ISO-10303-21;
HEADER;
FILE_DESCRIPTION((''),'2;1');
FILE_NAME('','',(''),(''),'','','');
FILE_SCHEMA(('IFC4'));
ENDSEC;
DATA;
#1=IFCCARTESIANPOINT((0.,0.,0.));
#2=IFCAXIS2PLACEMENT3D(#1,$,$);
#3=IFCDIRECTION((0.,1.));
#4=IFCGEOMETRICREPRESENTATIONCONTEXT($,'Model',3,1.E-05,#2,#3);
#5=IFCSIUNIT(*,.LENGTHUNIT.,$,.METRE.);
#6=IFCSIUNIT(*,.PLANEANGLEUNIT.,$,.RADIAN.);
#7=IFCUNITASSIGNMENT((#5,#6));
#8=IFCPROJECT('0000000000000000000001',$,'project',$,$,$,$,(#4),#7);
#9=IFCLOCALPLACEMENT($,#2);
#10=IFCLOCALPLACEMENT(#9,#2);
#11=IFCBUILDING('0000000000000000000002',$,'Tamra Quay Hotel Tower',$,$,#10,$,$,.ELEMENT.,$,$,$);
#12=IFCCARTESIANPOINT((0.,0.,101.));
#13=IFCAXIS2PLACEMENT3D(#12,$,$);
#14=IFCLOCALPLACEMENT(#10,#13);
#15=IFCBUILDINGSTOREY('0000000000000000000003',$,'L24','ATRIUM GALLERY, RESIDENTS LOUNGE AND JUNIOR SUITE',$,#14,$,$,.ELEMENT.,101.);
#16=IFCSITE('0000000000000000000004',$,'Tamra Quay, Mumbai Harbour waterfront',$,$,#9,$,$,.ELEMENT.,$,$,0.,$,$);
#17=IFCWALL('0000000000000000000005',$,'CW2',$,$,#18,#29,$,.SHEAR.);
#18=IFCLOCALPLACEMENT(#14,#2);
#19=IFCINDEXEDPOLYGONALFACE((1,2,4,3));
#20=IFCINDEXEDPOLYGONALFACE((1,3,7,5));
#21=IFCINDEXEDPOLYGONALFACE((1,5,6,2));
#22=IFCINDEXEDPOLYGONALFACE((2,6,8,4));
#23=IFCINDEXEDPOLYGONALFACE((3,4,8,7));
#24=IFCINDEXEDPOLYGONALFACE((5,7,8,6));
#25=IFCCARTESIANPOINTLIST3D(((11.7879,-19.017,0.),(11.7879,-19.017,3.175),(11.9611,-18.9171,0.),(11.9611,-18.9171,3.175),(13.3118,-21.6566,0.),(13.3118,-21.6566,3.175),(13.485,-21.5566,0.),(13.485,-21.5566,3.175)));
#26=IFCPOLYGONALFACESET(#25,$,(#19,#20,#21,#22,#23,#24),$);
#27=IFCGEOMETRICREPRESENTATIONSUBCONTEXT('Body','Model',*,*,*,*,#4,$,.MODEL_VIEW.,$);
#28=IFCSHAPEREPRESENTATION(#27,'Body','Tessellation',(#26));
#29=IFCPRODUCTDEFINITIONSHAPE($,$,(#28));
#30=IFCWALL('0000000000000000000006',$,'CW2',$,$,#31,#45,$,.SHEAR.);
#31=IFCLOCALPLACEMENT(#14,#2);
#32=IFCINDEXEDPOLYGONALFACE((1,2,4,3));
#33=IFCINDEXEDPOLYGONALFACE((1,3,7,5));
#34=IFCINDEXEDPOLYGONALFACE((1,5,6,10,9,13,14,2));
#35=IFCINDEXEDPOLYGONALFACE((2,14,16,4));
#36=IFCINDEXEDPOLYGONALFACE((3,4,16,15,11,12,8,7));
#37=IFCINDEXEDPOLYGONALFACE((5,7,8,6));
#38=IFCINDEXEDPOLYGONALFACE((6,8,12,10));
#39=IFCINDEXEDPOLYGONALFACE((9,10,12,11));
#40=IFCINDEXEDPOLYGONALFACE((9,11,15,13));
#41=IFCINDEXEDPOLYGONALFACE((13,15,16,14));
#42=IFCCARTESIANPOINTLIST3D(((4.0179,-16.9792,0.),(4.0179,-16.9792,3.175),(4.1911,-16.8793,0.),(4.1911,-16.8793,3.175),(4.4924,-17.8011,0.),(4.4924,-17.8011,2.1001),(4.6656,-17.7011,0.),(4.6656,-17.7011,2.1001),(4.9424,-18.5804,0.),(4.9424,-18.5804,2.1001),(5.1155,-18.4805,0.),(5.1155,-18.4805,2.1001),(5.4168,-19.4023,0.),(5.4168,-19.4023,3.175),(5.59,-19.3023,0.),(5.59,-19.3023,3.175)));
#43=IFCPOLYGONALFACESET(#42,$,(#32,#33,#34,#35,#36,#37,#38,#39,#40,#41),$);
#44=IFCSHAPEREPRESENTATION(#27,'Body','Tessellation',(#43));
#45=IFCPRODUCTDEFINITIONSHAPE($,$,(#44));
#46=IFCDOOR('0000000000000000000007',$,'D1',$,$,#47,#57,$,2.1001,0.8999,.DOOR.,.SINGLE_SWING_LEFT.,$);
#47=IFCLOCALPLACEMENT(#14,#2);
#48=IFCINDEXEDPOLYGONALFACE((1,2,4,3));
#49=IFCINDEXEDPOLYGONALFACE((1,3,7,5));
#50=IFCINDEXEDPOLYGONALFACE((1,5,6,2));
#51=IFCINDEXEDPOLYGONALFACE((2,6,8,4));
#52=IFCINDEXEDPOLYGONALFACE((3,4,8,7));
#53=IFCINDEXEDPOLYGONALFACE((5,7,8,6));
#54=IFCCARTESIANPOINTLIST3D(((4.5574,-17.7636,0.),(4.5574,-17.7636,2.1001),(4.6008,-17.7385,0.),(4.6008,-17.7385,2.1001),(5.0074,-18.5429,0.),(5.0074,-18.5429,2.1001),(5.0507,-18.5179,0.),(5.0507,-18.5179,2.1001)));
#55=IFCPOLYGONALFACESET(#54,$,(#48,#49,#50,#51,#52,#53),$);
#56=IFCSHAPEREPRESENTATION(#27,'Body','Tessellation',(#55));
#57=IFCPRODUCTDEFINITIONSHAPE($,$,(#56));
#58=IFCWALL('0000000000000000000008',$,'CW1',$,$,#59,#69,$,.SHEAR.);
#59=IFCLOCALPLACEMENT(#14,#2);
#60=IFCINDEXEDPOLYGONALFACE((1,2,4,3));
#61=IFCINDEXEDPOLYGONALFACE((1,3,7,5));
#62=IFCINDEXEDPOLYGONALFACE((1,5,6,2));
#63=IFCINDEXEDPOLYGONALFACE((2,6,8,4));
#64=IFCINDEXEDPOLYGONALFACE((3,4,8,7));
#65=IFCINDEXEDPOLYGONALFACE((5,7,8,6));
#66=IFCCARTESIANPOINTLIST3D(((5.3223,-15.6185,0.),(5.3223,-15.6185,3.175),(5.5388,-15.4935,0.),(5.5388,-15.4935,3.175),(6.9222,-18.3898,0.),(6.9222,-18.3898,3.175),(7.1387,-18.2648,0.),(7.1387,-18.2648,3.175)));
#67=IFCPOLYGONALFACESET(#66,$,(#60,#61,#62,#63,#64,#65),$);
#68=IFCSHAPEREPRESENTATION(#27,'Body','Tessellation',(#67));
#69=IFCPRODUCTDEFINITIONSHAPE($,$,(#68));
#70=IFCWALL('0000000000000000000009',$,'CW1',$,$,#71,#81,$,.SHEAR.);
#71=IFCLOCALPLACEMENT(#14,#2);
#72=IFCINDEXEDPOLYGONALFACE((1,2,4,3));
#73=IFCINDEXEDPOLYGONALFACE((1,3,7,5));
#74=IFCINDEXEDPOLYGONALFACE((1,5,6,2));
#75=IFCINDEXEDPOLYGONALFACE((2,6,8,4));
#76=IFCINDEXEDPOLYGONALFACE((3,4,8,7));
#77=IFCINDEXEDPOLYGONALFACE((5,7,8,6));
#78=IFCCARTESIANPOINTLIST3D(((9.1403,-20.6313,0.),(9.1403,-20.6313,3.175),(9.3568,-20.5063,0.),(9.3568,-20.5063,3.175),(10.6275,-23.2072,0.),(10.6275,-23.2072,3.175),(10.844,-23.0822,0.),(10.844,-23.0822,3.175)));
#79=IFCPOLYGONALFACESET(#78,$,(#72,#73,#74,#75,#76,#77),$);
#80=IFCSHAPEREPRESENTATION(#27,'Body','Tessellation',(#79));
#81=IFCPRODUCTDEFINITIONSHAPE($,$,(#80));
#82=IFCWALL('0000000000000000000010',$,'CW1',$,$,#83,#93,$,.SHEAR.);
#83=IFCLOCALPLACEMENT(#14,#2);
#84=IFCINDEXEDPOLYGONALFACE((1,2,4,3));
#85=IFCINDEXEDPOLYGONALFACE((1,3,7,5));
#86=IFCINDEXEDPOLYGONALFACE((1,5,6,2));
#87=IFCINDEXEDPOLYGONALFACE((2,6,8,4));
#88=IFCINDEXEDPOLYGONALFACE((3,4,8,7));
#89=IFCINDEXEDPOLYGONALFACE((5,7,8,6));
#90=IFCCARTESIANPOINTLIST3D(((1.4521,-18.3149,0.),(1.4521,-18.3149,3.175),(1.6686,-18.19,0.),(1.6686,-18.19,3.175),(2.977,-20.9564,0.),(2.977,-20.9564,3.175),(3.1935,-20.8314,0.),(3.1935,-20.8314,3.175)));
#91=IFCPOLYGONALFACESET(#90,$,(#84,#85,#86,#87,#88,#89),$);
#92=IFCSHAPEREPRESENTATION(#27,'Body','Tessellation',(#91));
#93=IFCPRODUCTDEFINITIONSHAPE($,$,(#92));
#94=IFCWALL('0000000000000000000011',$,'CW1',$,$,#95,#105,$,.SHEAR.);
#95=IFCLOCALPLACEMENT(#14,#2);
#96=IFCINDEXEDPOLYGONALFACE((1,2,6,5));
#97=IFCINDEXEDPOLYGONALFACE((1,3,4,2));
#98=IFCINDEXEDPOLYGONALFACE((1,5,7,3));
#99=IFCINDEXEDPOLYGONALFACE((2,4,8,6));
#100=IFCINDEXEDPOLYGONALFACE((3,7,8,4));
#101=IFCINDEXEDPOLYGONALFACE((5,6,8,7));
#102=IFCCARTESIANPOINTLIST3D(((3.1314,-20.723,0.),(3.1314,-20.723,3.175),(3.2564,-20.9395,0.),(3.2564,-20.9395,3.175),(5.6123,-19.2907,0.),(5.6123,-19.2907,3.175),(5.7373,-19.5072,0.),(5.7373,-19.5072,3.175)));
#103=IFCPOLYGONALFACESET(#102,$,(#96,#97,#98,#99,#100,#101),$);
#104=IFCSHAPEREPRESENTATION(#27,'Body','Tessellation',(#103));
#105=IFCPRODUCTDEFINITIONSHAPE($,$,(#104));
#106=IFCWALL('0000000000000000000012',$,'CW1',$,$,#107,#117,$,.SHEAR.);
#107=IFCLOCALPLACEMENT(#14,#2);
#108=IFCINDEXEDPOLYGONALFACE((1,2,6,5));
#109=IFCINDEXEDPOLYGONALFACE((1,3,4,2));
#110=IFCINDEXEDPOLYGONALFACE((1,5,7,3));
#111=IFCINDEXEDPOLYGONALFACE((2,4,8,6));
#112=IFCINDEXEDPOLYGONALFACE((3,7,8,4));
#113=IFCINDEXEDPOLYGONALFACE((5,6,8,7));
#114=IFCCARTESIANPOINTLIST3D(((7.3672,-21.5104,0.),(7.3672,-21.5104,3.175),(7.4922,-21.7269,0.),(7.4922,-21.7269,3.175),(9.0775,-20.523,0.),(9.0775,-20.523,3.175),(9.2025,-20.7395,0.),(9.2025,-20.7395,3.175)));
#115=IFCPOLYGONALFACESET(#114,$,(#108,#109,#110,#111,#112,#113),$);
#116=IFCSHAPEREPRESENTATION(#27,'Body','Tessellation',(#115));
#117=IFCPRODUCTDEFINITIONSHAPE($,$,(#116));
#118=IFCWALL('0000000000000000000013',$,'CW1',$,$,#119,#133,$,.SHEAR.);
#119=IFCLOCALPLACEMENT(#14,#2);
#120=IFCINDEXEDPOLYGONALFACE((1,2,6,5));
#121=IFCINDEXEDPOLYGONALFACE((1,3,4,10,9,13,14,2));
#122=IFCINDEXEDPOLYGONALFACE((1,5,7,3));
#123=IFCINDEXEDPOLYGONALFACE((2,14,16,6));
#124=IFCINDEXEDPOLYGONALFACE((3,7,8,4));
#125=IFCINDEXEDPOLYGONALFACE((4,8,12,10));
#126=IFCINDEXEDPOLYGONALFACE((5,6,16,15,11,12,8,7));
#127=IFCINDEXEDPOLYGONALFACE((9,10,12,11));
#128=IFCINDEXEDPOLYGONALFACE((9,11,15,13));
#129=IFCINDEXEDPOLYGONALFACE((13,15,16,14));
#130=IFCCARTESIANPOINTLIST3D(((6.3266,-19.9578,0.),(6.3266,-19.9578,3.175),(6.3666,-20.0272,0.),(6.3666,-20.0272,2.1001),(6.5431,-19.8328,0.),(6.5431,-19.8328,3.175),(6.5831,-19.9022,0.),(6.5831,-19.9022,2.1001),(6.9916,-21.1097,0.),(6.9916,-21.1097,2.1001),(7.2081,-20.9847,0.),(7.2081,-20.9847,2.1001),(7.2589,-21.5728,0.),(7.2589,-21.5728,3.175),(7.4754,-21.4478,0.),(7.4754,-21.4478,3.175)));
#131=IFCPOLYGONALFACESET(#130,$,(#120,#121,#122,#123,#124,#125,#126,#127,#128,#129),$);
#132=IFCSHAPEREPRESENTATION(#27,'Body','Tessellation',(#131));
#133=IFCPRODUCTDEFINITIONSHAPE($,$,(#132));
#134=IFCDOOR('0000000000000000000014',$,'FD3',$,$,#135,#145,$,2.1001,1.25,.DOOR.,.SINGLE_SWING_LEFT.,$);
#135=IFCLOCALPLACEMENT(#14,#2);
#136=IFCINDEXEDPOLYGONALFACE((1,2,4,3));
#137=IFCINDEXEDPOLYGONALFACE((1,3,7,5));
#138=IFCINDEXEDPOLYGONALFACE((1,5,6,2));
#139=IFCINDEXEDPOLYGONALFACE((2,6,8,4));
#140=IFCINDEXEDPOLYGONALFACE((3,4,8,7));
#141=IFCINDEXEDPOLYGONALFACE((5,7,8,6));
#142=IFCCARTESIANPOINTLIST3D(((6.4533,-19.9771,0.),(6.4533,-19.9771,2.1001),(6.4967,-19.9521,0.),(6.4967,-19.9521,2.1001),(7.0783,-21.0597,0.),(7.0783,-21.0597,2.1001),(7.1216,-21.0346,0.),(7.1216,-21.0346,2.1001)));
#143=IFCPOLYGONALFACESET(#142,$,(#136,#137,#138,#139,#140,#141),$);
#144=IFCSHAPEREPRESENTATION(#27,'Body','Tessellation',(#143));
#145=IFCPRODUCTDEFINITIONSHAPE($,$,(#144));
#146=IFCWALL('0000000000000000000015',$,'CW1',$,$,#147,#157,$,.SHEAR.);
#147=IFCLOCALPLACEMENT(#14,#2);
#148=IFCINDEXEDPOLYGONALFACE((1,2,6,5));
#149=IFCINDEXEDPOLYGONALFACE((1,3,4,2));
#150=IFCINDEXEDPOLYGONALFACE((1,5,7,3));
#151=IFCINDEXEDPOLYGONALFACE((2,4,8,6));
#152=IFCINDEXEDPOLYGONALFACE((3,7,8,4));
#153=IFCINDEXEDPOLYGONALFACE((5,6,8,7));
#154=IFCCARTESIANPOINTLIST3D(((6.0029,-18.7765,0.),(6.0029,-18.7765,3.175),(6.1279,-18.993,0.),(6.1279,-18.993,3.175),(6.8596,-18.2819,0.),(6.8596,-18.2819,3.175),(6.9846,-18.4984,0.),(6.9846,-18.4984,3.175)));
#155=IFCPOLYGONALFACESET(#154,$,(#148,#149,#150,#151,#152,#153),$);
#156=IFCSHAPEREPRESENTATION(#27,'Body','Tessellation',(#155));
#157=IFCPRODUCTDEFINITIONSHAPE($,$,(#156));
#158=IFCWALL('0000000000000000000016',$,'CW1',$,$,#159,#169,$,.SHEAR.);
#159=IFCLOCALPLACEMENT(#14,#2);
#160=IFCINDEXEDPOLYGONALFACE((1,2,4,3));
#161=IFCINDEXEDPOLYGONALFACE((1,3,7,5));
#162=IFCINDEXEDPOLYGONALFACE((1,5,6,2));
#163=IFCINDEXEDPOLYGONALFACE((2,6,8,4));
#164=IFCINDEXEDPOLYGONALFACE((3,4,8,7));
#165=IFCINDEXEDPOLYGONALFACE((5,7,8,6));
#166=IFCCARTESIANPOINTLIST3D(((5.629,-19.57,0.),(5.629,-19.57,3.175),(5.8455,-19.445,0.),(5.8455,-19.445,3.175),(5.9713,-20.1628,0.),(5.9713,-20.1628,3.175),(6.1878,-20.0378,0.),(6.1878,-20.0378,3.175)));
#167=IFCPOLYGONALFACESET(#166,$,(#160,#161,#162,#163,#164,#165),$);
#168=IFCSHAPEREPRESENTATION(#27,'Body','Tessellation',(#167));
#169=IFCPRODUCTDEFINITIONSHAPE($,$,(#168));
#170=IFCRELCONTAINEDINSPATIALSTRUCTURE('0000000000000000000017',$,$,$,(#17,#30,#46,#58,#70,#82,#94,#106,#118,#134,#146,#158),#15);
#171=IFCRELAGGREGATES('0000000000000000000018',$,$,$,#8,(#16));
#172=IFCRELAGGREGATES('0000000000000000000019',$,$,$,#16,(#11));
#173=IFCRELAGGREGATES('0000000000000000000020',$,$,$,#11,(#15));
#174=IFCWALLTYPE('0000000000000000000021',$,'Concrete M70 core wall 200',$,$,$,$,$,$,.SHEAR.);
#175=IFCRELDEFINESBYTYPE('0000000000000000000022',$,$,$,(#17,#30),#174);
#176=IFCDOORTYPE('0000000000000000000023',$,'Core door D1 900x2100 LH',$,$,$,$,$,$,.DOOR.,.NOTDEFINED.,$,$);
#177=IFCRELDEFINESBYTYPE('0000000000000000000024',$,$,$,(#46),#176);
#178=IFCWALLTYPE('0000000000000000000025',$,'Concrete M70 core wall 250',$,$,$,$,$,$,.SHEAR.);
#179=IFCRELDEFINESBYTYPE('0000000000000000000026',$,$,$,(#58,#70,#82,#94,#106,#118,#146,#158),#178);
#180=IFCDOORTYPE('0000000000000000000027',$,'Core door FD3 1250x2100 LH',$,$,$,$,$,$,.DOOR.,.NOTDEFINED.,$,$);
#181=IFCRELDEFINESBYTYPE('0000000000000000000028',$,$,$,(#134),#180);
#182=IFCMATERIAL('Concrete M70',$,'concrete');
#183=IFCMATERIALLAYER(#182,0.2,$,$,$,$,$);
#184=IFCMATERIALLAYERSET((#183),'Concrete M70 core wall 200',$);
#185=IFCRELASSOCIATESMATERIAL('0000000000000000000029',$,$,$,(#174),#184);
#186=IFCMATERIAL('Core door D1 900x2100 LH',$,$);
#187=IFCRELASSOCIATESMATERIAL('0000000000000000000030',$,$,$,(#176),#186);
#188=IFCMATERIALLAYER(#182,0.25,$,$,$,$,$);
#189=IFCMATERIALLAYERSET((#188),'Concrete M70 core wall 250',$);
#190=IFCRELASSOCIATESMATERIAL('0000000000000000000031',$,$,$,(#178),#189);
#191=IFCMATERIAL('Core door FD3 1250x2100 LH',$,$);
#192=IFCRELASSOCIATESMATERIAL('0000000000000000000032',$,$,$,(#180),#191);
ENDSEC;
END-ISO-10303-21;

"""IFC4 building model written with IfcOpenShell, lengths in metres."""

from ifc_helpers import new_model, si_unit, direction, frame, frame_2d, origin, place, context, subcontext, project, spatial, rectangle, extrude, material, layer, layer_set, type_object, element, fill, save


model = new_model("IFC4")

# Units and contexts
model_context = context("Model", 3, precision=1e-05, world=origin(), true_north=direction((0.0, 1.0)))
body_context = subcontext(model_context, "Body", "Model", "MODEL_VIEW")
ifc_project = project(units=[si_unit("LENGTHUNIT", "METRE"), si_unit("PLANEANGLEUNIT", "RADIAN")], contexts=[model_context])

# Site, building, storey
site_placement = place(None, origin())
site = spatial("IfcSite", under=ifc_project, at=site_placement, Name="Tamra Quay, Mumbai Harbour waterfront", CompositionType="ELEMENT", RefElevation=0.0)
building_placement = place(site_placement, origin())
building = spatial("IfcBuilding", under=site, at=building_placement, Name="Tamra Quay Hotel Tower", CompositionType="ELEMENT")
storey_placement = place(building_placement, frame((0.0, 0.0, 101.0)))
storey = spatial("IfcBuildingStorey", under=building, at=storey_placement, Name="L24", Description="ATRIUM GALLERY, RESIDENTS LOUNGE AND JUNIOR SUITE", CompositionType="ELEMENT", Elevation=101.0)

# Shared definitions
ifc_material_1 = material(Name="Concrete M70", Category="concrete")

# Shared definitions
ifc_layer_1 = layer(ifc_material_1, 0.2)
ifc_layer_set_1 = layer_set([ifc_layer_1], Name="Concrete M70 core wall 200")
wall_type_1 = type_object("IfcWallType", Name="Concrete M70 core wall 200", PredefinedType="SHEAR", material=ifc_layer_set_1)

# Wall
wall_1_placement = place(storey_placement, frame((11.8745, -18.967, 0.0), z_axis=(0.0, 0.0, 1.0), x_axis=(0.499981, -0.866036, 0.0)))
element("IfcWall", 1, at=wall_1_placement, inside=storey, type_object=wall_type_1, Name="CW2", PredefinedType="SHEAR", context=body_context, shape_type="SweptSolid", body=[
    extrude(rectangle(XDim=3.0479, YDim=0.2, at=frame_2d((1.5239, 0.0))), origin(), (0.0, 0.0, 1.0), 3.175),
])

# Wall, opening, door
wall_2_placement = place(storey_placement, frame((5.5034, -19.3523, 0.0), z_axis=(0.0, 0.0, 1.0), x_axis=(-0.499987, 0.866033, 0.0)))
wall_2 = element("IfcWall", 2, at=wall_2_placement, inside=storey, type_object=wall_type_1, Name="CW2", PredefinedType="SHEAR", context=body_context, shape_type="SweptSolid", body=[
    extrude(rectangle(XDim=2.7979, YDim=0.2, at=frame_2d((1.3989, 0.0))), origin(), (0.0, 0.0, 1.0), 3.175),
])
opening_1_placement = place(wall_2_placement, frame((0.949, 0.0, 0.0)))
opening_1 = element("IfcOpeningElement", 3, at=opening_1_placement, cuts=wall_2, PredefinedType="OPENING", context=body_context, shape_type="SweptSolid", body=[
    extrude(rectangle(XDim=0.8999, YDim=2.1001, at=frame_2d((0.45, 1.05))), frame((0.0, 0.1099, 0.0), z_axis=(0.0, -1.0, 0.0), x_axis=(1.0, 0.0, 0.0)), (0.0, 0.0, 1.0), 0.22),
])
ifc_material_2 = material(Name="Core door D1 900x2100 LH")
door_type_1 = type_object("IfcDoorType", Name="Core door D1 900x2100 LH", OperationType="NOTDEFINED", PredefinedType="DOOR", material=ifc_material_2)
door_1_placement = place(opening_1_placement, origin())
door_1 = element("IfcDoor", 4, at=door_1_placement, inside=storey, type_object=door_type_1, Name="D1", OperationType="SINGLE_SWING_LEFT", OverallHeight=2.1001, OverallWidth=0.8999, PredefinedType="DOOR", context=body_context, shape_type="SweptSolid", body=[
    extrude(rectangle(XDim=0.8999, YDim=2.1001, at=frame_2d((0.45, 1.05))), frame((0.0, 0.0249, 0.0), z_axis=(0.0, -1.0, 0.0), x_axis=(1.0, 0.0, 0.0)), (0.0, 0.0, 1.0), 0.05),
])
fill(opening_1, door_1)

# Walls
ifc_layer_2 = layer(ifc_material_1, 0.25)
ifc_layer_set_2 = layer_set([ifc_layer_2], Name="Concrete M70 core wall 250")
wall_type_2 = type_object("IfcWallType", Name="Concrete M70 core wall 250", PredefinedType="SHEAR", material=ifc_layer_set_2)
wall_3_placement = place(storey_placement, frame((7.0305, -18.3274, 0.0), z_axis=(0.0, 0.0, 1.0), x_axis=(-0.499971, 0.866042, 0.0)))
element("IfcWall", 5, at=wall_3_placement, inside=storey, type_object=wall_type_2, Name="CW1", PredefinedType="SHEAR", context=body_context, shape_type="SweptSolid", body=[
    extrude(rectangle(XDim=3.2, YDim=0.25, at=frame_2d((1.6001, 0.0))), origin(), (0.0, 0.0, 1.0), 3.175),
])
wall_4_placement = place(storey_placement, frame((10.7358, -23.1448, 0.0), z_axis=(0.0, 0.0, 1.0), x_axis=(-0.500023, 0.866012, 0.0)))
element("IfcWall", 6, at=wall_4_placement, inside=storey, type_object=wall_type_2, Name="CW1", PredefinedType="SHEAR", context=body_context, shape_type="SweptSolid", body=[
    extrude(rectangle(XDim=2.9744, YDim=0.25, at=frame_2d((1.4873, 0.0))), origin(), (0.0, 0.0, 1.0), 3.175),
])
wall_5_placement = place(storey_placement, frame((3.0852, -20.8938, 0.0), z_axis=(0.0, 0.0, 1.0), x_axis=(-0.499979, 0.866038, 0.0)))
element("IfcWall", 7, at=wall_5_placement, inside=storey, type_object=wall_type_2, Name="CW1", PredefinedType="SHEAR", context=body_context, shape_type="SweptSolid", body=[
    extrude(rectangle(XDim=3.05, YDim=0.25, at=frame_2d((1.5249, 0.0))), origin(), (0.0, 0.0, 1.0), 3.175),
])
wall_6_placement = place(storey_placement, frame((5.6748, -19.3989, 0.0), z_axis=(0.0, 0.0, 1.0), x_axis=(-0.866027, -0.499998, 0.0)))
element("IfcWall", 8, at=wall_6_placement, inside=storey, type_object=wall_type_2, Name="CW1", PredefinedType="SHEAR", context=body_context, shape_type="SweptSolid", body=[
    extrude(rectangle(XDim=2.8647, YDim=0.25, at=frame_2d((1.4324, 0.0))), origin(), (0.0, 0.0, 1.0), 3.175),
])
wall_7_placement = place(storey_placement, frame((9.1399, -20.6313, 0.0), z_axis=(0.0, 0.0, 1.0), x_axis=(-0.866044, -0.499969, 0.0)))
element("IfcWall", 9, at=wall_7_placement, inside=storey, type_object=wall_type_2, Name="CW1", PredefinedType="SHEAR", context=body_context, shape_type="SweptSolid", body=[
    extrude(rectangle(XDim=1.9749, YDim=0.25, at=frame_2d((0.9873, 0.0))), origin(), (0.0, 0.0, 1.0), 3.175),
])

# Wall, opening, door
wall_8_placement = place(storey_placement, frame((7.3672, -21.5103, 0.0), z_axis=(0.0, 0.0, 1.0), x_axis=(-0.499983, 0.866035, 0.0)))
wall_8 = element("IfcWall", 10, at=wall_8_placement, inside=storey, type_object=wall_type_2, Name="CW1", PredefinedType="SHEAR", context=body_context, shape_type="SweptSolid", body=[
    extrude(rectangle(XDim=1.8647, YDim=0.25, at=frame_2d((0.9324, 0.0))), origin(), (0.0, 0.0, 1.0), 3.175),
])
opening_2_placement = place(wall_8_placement, frame((0.5347, 0.0, 0.0)))
opening_2 = element("IfcOpeningElement", 11, at=opening_2_placement, cuts=wall_8, PredefinedType="OPENING", context=body_context, shape_type="SweptSolid", body=[
    extrude(rectangle(XDim=1.25, YDim=2.1001, at=frame_2d((0.625, 1.05))), frame((0.0, 0.135, 0.0), z_axis=(0.0, -1.0, 0.0), x_axis=(1.0, 0.0, 0.0)), (0.0, 0.0, 1.0), 0.27),
])
ifc_material_3 = material(Name="Core door FD3 1250x2100 LH")
door_type_2 = type_object("IfcDoorType", Name="Core door FD3 1250x2100 LH", OperationType="NOTDEFINED", PredefinedType="DOOR", material=ifc_material_3)
door_2_placement = place(opening_2_placement, origin())
door_2 = element("IfcDoor", 12, at=door_2_placement, inside=storey, type_object=door_type_2, Name="FD3", OperationType="SINGLE_SWING_LEFT", OverallHeight=2.1001, OverallWidth=1.25, PredefinedType="DOOR", context=body_context, shape_type="SweptSolid", body=[
    extrude(rectangle(XDim=1.25, YDim=2.1001, at=frame_2d((0.625, 1.05))), frame((0.0, 0.0249, 0.0), z_axis=(0.0, -1.0, 0.0), x_axis=(1.0, 0.0, 0.0)), (0.0, 0.0, 1.0), 0.05),
])
fill(opening_2, door_2)

# Walls
wall_9_placement = place(storey_placement, frame((6.0654, -18.8848, 0.0), z_axis=(0.0, 0.0, 1.0), x_axis=(0.866017, 0.500014, 0.0)))
element("IfcWall", 13, at=wall_9_placement, inside=storey, type_object=wall_type_2, Name="CW1", PredefinedType="SHEAR", context=body_context, shape_type="SweptSolid", body=[
    extrude(rectangle(XDim=0.9893, YDim=0.25, at=frame_2d((0.4946, 0.0))), origin(), (0.0, 0.0, 1.0), 3.175),
])
wall_10_placement = place(storey_placement, frame((6.0796, -20.1003, 0.0), z_axis=(0.0, 0.0, 1.0), x_axis=(-0.500052, 0.865996, 0.0)))
element("IfcWall", 14, at=wall_10_placement, inside=storey, type_object=wall_type_2, Name="CW1", PredefinedType="SHEAR", context=body_context, shape_type="SweptSolid", body=[
    extrude(rectangle(XDim=0.6846, YDim=0.25, at=frame_2d((0.3423, 0.0))), origin(), (0.0, 0.0, 1.0), 3.175),
])

save(model, "model.ifc")
